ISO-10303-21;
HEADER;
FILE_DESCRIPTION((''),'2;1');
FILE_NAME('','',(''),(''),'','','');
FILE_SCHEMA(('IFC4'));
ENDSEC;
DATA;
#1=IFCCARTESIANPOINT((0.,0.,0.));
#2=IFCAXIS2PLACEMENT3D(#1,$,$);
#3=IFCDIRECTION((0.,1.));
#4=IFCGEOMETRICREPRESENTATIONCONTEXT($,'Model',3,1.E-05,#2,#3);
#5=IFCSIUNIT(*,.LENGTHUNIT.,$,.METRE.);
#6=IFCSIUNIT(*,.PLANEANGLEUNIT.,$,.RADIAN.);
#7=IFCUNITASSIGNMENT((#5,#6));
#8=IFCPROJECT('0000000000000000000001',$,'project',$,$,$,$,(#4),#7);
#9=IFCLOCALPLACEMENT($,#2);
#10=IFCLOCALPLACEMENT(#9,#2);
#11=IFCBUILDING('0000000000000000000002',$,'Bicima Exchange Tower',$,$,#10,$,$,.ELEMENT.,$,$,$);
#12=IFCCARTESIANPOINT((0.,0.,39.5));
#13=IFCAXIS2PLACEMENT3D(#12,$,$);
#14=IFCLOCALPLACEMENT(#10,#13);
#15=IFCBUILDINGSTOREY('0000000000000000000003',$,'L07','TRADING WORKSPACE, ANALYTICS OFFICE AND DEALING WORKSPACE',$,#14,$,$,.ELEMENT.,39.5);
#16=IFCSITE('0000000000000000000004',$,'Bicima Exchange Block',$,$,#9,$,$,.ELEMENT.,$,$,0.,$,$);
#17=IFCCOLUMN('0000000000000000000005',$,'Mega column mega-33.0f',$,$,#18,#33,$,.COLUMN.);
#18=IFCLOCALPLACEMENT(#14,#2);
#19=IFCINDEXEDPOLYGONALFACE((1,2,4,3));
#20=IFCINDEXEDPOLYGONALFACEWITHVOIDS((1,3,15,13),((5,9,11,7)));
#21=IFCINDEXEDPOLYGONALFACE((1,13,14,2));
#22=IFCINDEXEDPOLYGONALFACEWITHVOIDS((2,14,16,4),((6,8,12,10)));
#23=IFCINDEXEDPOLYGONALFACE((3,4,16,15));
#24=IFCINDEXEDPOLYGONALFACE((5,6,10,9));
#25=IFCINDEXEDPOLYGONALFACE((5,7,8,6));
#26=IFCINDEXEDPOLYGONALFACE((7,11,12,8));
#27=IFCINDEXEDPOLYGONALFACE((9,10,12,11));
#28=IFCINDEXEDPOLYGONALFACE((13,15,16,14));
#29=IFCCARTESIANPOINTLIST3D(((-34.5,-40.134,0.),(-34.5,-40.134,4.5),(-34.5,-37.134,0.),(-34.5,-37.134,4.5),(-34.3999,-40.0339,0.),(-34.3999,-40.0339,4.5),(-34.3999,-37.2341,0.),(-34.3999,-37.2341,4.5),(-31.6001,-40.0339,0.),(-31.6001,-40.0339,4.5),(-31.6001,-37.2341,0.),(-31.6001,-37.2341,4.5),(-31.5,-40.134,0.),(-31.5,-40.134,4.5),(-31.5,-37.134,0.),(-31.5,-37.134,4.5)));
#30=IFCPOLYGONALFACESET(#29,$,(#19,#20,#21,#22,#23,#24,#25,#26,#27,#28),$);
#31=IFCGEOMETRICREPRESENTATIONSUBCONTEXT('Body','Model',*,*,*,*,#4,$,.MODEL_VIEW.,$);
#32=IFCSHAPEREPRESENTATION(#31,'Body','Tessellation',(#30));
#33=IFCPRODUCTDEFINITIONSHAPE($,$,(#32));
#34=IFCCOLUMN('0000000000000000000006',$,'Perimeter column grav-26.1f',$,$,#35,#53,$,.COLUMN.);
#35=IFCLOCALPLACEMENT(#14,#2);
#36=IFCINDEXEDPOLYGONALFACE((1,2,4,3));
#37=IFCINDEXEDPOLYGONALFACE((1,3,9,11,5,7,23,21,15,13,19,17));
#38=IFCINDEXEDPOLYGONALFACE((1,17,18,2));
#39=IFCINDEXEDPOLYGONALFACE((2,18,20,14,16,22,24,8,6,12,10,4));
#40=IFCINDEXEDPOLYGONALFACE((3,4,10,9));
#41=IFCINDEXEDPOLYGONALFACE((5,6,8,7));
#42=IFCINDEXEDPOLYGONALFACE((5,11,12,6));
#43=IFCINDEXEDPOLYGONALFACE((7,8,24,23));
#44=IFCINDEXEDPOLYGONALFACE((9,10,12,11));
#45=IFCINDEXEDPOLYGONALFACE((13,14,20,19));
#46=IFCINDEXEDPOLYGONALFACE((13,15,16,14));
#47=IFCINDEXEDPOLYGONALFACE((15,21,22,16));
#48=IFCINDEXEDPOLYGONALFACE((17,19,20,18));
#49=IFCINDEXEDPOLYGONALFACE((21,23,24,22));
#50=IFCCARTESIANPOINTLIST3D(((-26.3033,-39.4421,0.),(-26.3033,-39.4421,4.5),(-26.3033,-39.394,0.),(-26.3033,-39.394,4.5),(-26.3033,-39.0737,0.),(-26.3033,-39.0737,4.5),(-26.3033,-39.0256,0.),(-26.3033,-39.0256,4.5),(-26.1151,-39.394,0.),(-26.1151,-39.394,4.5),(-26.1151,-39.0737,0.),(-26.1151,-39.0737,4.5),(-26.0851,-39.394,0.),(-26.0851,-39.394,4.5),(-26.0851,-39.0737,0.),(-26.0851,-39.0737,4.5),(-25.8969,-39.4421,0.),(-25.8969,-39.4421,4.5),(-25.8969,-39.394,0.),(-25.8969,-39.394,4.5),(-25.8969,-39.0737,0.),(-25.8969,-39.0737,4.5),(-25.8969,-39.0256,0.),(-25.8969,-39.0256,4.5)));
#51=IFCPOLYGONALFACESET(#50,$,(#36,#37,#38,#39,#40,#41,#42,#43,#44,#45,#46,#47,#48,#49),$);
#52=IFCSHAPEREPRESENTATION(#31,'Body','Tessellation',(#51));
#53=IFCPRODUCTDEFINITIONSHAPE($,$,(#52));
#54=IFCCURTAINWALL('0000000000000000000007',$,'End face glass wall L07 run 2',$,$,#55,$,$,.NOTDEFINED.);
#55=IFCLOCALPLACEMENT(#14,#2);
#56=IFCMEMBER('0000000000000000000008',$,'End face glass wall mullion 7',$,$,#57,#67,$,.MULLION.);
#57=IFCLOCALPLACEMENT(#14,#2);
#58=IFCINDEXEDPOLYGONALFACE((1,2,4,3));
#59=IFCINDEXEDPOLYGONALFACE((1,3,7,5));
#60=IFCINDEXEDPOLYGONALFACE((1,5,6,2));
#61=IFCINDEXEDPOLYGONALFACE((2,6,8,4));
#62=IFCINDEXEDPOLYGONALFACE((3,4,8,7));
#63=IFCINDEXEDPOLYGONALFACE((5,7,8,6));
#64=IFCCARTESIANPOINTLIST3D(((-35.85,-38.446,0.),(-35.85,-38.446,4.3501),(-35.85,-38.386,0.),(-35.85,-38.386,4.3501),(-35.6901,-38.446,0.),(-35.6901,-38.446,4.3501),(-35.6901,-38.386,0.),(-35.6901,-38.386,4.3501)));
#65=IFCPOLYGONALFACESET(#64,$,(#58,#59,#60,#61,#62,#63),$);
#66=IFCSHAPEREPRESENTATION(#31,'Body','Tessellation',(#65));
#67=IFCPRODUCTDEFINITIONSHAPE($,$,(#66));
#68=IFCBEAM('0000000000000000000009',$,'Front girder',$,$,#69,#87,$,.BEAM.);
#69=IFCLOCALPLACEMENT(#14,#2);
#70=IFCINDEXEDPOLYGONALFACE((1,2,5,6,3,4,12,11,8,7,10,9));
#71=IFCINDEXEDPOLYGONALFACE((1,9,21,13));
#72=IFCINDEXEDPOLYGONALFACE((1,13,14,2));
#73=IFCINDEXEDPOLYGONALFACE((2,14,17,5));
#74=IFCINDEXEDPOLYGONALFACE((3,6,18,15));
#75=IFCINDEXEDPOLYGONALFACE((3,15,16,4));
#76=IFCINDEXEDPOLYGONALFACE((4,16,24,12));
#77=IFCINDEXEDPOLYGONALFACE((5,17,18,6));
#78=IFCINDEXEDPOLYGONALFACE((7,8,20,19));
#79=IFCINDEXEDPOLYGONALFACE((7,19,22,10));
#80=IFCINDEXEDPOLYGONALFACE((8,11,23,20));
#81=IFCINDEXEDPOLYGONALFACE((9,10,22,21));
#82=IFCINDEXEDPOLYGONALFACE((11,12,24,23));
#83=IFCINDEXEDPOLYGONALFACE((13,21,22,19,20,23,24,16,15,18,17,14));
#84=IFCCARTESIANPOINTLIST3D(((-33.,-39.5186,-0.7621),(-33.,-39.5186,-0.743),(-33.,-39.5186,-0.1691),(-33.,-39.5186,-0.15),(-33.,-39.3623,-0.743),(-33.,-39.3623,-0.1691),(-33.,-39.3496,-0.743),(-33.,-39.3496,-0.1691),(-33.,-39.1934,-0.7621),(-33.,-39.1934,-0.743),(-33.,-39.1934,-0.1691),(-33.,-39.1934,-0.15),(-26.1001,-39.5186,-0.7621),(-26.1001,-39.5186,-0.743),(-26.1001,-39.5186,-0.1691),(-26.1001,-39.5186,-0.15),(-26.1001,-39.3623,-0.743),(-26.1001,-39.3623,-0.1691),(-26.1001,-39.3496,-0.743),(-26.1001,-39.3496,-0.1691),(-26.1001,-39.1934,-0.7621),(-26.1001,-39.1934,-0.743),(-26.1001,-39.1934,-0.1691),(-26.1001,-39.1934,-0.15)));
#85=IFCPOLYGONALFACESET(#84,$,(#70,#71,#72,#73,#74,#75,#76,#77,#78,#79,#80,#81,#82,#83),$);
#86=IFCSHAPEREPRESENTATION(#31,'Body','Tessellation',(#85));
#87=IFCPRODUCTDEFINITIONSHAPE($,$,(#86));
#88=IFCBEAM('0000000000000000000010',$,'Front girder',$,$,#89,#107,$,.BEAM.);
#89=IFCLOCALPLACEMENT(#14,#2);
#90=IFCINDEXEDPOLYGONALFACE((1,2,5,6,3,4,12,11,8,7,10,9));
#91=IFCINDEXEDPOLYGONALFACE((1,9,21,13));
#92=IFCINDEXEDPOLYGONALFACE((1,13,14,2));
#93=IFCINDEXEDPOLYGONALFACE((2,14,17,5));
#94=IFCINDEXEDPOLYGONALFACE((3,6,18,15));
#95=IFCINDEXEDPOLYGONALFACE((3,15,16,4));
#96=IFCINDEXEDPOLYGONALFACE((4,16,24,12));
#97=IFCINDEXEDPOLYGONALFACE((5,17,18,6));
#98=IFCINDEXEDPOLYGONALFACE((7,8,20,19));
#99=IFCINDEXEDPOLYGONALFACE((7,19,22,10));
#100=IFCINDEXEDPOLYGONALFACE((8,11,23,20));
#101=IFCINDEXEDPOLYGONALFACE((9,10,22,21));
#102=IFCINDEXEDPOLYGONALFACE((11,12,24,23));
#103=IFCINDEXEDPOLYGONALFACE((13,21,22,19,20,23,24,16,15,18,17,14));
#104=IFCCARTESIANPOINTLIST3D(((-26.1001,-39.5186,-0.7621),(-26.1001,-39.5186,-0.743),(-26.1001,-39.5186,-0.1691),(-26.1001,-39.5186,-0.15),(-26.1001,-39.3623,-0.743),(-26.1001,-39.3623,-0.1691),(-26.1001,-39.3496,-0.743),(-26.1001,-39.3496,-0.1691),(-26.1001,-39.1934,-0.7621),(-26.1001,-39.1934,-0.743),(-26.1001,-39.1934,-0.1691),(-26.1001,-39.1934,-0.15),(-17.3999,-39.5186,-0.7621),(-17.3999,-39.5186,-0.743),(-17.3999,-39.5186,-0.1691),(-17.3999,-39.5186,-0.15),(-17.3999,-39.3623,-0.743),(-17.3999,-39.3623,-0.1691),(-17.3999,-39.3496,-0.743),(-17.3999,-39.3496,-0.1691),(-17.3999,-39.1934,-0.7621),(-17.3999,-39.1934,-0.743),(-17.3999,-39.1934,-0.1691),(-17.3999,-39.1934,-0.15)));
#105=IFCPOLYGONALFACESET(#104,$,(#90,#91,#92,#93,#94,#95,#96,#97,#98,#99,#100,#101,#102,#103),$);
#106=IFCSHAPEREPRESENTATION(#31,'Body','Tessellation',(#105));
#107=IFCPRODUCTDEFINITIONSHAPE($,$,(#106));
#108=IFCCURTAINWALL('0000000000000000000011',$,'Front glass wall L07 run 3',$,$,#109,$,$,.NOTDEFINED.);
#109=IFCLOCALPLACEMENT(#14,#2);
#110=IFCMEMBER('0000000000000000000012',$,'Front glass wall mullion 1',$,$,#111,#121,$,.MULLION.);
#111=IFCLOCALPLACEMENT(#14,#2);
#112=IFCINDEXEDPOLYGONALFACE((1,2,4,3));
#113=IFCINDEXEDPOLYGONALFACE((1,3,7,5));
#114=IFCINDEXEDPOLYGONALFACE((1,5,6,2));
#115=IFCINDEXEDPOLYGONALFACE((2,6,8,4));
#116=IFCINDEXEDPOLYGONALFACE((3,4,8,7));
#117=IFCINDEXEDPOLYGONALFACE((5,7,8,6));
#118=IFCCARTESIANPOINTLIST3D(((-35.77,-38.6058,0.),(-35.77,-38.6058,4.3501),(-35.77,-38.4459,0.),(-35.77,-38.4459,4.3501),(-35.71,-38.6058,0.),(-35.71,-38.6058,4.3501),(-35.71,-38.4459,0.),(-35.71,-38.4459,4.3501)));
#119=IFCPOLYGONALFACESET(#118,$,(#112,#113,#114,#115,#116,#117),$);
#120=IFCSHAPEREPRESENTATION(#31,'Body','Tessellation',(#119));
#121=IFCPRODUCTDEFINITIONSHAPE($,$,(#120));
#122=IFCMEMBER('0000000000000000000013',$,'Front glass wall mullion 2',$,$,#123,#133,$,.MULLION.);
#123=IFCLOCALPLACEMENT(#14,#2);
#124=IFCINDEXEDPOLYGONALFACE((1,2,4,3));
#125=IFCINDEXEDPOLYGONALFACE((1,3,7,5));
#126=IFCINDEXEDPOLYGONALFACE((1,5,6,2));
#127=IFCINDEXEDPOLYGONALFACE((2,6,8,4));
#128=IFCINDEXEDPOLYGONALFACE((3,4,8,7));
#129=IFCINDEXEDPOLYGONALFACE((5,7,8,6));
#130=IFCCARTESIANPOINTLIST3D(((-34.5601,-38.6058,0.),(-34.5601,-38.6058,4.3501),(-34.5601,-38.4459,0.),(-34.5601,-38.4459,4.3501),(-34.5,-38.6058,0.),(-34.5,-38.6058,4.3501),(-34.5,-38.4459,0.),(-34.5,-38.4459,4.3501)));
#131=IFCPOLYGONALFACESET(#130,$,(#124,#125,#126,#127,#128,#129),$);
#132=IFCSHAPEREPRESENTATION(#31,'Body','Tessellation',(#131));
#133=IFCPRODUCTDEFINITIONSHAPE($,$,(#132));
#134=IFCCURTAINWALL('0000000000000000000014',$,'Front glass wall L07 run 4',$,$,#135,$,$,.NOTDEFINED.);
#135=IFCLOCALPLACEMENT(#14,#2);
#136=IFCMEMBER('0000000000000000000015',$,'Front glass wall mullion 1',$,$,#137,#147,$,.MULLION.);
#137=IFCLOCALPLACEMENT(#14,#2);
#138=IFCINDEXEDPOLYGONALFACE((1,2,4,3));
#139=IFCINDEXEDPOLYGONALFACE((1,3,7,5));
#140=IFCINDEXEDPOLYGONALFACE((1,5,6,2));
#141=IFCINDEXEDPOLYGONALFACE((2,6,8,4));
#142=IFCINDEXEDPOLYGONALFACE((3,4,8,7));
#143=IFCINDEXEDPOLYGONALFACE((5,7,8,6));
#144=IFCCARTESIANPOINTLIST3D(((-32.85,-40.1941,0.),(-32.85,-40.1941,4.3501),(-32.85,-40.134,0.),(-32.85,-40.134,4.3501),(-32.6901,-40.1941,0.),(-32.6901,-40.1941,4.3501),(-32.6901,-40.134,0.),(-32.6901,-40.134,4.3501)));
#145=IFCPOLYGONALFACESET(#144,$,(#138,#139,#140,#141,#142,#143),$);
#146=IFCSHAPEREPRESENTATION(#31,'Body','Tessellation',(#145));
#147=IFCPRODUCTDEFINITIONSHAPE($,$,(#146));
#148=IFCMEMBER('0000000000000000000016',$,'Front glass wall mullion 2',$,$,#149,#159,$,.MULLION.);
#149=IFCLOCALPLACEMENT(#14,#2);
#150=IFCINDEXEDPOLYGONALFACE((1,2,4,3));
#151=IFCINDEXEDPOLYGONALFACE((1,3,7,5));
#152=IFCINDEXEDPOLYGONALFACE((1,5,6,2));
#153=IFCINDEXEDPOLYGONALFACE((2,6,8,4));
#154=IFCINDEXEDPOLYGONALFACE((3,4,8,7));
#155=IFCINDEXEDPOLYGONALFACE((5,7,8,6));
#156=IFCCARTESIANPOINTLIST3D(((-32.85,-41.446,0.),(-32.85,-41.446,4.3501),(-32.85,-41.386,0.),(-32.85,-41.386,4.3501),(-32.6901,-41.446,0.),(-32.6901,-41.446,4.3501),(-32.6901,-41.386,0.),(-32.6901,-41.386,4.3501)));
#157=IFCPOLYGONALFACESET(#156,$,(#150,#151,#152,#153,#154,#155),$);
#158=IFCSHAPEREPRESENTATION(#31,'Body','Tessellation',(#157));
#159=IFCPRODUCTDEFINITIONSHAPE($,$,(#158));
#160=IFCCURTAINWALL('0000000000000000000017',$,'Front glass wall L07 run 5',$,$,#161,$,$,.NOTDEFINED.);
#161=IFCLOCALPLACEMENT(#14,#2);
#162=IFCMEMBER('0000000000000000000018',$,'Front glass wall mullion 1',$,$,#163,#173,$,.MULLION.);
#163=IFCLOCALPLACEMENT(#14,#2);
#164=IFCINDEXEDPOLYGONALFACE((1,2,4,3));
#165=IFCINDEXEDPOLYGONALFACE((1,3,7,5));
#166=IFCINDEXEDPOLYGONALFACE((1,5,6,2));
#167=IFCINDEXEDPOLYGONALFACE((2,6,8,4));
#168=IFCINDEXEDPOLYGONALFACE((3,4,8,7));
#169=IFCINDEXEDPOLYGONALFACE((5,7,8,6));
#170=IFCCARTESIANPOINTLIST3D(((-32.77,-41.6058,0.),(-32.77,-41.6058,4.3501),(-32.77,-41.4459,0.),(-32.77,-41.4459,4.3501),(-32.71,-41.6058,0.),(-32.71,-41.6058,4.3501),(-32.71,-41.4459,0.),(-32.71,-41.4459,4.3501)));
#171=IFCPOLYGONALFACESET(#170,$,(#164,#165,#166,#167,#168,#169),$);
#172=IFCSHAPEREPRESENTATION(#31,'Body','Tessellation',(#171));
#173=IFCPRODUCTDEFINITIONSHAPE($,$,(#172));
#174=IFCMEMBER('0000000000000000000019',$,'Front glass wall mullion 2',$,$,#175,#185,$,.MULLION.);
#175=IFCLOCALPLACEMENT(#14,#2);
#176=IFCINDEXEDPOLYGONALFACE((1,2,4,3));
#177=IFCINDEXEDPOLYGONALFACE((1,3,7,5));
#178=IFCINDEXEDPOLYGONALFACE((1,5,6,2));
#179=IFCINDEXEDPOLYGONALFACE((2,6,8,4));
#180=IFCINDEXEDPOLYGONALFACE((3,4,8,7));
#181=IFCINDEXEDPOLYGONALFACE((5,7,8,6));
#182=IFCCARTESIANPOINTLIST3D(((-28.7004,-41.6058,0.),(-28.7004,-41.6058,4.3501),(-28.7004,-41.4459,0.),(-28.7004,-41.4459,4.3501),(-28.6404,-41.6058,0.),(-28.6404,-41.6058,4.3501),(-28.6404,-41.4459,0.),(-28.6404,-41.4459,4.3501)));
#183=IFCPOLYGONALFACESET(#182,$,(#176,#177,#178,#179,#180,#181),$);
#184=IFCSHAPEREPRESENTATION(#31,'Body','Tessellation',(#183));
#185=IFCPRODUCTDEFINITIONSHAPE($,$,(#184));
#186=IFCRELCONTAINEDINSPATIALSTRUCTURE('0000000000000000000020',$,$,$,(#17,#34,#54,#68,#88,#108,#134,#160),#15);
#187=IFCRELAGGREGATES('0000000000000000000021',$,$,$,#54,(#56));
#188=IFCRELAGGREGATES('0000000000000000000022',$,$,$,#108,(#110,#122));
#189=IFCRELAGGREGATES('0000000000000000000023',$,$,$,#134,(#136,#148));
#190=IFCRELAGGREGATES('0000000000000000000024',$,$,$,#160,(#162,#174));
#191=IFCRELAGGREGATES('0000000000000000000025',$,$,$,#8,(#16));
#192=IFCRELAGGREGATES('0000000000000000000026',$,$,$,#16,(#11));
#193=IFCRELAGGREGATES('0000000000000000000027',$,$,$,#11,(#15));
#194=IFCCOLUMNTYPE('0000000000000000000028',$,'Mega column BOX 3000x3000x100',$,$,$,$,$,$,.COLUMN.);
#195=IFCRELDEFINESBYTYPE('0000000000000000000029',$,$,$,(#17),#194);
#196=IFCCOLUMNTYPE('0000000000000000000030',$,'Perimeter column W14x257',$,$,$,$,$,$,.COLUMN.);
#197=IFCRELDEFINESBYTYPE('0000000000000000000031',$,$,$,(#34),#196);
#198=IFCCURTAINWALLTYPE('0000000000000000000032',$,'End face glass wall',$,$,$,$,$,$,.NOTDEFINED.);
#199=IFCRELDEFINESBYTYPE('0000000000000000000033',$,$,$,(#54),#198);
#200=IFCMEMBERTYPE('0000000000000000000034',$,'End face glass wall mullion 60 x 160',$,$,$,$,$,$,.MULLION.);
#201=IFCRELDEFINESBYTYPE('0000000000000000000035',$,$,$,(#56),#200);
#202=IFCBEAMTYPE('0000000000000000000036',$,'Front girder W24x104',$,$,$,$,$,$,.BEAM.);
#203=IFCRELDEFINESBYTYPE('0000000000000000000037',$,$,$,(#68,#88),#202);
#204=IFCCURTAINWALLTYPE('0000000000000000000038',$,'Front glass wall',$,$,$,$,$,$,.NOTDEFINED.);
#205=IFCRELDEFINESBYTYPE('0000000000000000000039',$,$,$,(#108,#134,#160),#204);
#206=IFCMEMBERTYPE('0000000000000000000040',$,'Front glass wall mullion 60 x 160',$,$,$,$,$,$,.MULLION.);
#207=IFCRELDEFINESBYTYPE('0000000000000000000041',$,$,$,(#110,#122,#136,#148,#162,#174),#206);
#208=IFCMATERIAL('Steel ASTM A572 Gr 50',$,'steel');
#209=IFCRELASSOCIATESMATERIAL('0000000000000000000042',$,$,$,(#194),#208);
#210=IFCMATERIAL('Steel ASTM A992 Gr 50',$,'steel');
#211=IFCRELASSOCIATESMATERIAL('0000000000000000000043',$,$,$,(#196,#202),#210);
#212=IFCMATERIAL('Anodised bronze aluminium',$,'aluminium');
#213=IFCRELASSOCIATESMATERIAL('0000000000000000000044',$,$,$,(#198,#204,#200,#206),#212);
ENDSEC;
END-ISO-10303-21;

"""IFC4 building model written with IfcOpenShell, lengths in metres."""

from ifc_helpers import new_model, si_unit, direction, frame, origin, origin_2d, place, context, subcontext, project, spatial, rectangle, hollow_rectangle, i_section, extrude, material, material_profile, profile_set, type_object, element, aggregate, save


model = new_model("IFC4")

# Units and contexts
model_context = context("Model", 3, precision=1e-05, world=origin(), true_north=direction((0.0, 1.0)))
body_context = subcontext(model_context, "Body", "Model", "MODEL_VIEW")
ifc_project = project(units=[si_unit("LENGTHUNIT", "METRE"), si_unit("PLANEANGLEUNIT", "RADIAN")], contexts=[model_context])

# Site, building, storey
site_placement = place(None, origin())
site = spatial("IfcSite", under=ifc_project, at=site_placement, Name="Bicima Exchange Block", CompositionType="ELEMENT", RefElevation=0.0)
building_placement = place(site_placement, origin())
building = spatial("IfcBuilding", under=site, at=building_placement, Name="Bicima Exchange Tower", CompositionType="ELEMENT")
storey_placement = place(building_placement, frame((0.0, 0.0, 39.5)))
storey = spatial("IfcBuildingStorey", under=building, at=storey_placement, Name="L07", Description="TRADING WORKSPACE, ANALYTICS OFFICE AND DEALING WORKSPACE", CompositionType="ELEMENT", Elevation=39.5)

# Columns
ifc_material_1 = material(Name="Steel ASTM A572 Gr 50", Category="steel")
ifc_material_profile_1 = material_profile(ifc_material_1, hollow_rectangle(XDim=3.0, YDim=3.0, WallThickness=0.1001, at=origin_2d()))
ifc_profile_set_1 = profile_set([ifc_material_profile_1], Name="Steel ASTM A572 Gr 50")
column_type_1 = type_object("IfcColumnType", Name="Mega column BOX 3000x3000x100", PredefinedType="COLUMN", material=ifc_profile_set_1)
column_1_placement = place(storey_placement, frame((-33.0, -38.634, 0.0), z_axis=(0.0, 0.0, 1.0), x_axis=(1.0, 0.0, 0.0)))
element("IfcColumn", 1, at=column_1_placement, inside=storey, type_object=column_type_1, Name="Mega column mega-33.0f", PredefinedType="COLUMN", context=body_context, shape_type="SweptSolid", body=[
    extrude(hollow_rectangle(XDim=3.0, YDim=3.0, WallThickness=0.1001, at=origin_2d()), origin(), (0.0, 0.0, 1.0), 4.5),
])
ifc_material_2 = material(Name="Steel ASTM A992 Gr 50", Category="steel")
ifc_material_profile_2 = material_profile(ifc_material_2, i_section(OverallWidth=0.4065, OverallDepth=0.4165, WebThickness=0.03, FlangeThickness=0.0481, at=origin_2d()))
ifc_profile_set_2 = profile_set([ifc_material_profile_2], Name="Steel ASTM A992 Gr 50")
column_type_2 = type_object("IfcColumnType", Name="Perimeter column W14x257", PredefinedType="COLUMN", material=ifc_profile_set_2)
column_2_placement = place(storey_placement, frame((-26.1001, -39.2339, 0.0), z_axis=(0.0, 0.0, 1.0), x_axis=(1.0, 0.0, 0.0)))
element("IfcColumn", 2, at=column_2_placement, inside=storey, type_object=column_type_2, Name="Perimeter column grav-26.1f", PredefinedType="COLUMN", context=body_context, shape_type="SweptSolid", body=[
    extrude(i_section(OverallWidth=0.4065, OverallDepth=0.4165, WebThickness=0.03, FlangeThickness=0.0481, at=origin_2d()), origin(), (0.0, 0.0, 1.0), 4.5),
])

# Curtain wall, member
ifc_material_3 = material(Name="Anodised bronze aluminium", Category="aluminium")
curtain_wall_type_1 = type_object("IfcCurtainWallType", Name="End face glass wall", PredefinedType="NOTDEFINED", material=ifc_material_3)
curtain_wall_1_placement = place(storey_placement, origin())
curtain_wall_1 = element("IfcCurtainWall", 3, at=curtain_wall_1_placement, inside=storey, type_object=curtain_wall_type_1, Name="End face glass wall L07 run 2", PredefinedType="NOTDEFINED")
ifc_material_profile_3 = material_profile(ifc_material_3, rectangle(XDim=0.1599, YDim=0.0601, at=origin_2d()))
ifc_profile_set_3 = profile_set([ifc_material_profile_3], Name="Anodised bronze aluminium")
member_type_1 = type_object("IfcMemberType", Name="End face glass wall mullion 60 x 160", PredefinedType="MULLION", material=ifc_profile_set_3)
member_1_placement = place(storey_placement, frame((-35.77, -38.416, 0.0), z_axis=(0.0, 0.0, 1.0), x_axis=(1.0, 0.0, 0.0)))
member_1 = element("IfcMember", 4, at=member_1_placement, type_object=member_type_1, Name="End face glass wall mullion 7", PredefinedType="MULLION", context=body_context, shape_type="SweptSolid", body=[
    extrude(rectangle(XDim=0.1599, YDim=0.0601, at=origin_2d()), origin(), (0.0, 0.0, 1.0), 4.3501),
])

# Beams
ifc_material_profile_4 = material_profile(ifc_material_2, i_section(OverallWidth=0.3252, OverallDepth=0.6121, WebThickness=0.0127, FlangeThickness=0.019, at=origin_2d()))
ifc_profile_set_4 = profile_set([ifc_material_profile_4], Name="Steel ASTM A992 Gr 50")
beam_type = type_object("IfcBeamType", Name="Front girder W24x104", PredefinedType="BEAM", material=ifc_profile_set_4)
beam_1_placement = place(storey_placement, frame((-33.0, -39.356, -0.4561), z_axis=(1.0, 0.0, 0.0), x_axis=(0.0, 1.0, 0.0)))
element("IfcBeam", 5, at=beam_1_placement, inside=storey, type_object=beam_type, Name="Front girder", PredefinedType="BEAM", context=body_context, shape_type="SweptSolid", body=[
    extrude(i_section(OverallWidth=0.3252, OverallDepth=0.6121, WebThickness=0.0127, FlangeThickness=0.019, at=origin_2d()), origin(), (0.0, 0.0, 1.0), 6.8999),
])
beam_2_placement = place(storey_placement, frame((-26.1001, -39.356, -0.4561), z_axis=(1.0, 0.0, 0.0), x_axis=(0.0, 1.0, 0.0)))
element("IfcBeam", 6, at=beam_2_placement, inside=storey, type_object=beam_type, Name="Front girder", PredefinedType="BEAM", context=body_context, shape_type="SweptSolid", body=[
    extrude(i_section(OverallWidth=0.3252, OverallDepth=0.6121, WebThickness=0.0127, FlangeThickness=0.019, at=origin_2d()), origin(), (0.0, 0.0, 1.0), 8.7002),
])

# Curtain walls, members
curtain_wall_type_2 = type_object("IfcCurtainWallType", Name="Front glass wall", PredefinedType="NOTDEFINED", material=ifc_material_3)
curtain_wall_2_placement = place(storey_placement, origin())
curtain_wall_2 = element("IfcCurtainWall", 7, at=curtain_wall_2_placement, inside=storey, type_object=curtain_wall_type_2, Name="Front glass wall L07 run 3", PredefinedType="NOTDEFINED")
member_type_2 = type_object("IfcMemberType", Name="Front glass wall mullion 60 x 160", PredefinedType="MULLION", material=ifc_profile_set_3)
member_2_placement = place(storey_placement, frame((-35.74, -38.5259, 0.0), z_axis=(0.0, 0.0, 1.0), x_axis=(0.0, 1.0, 0.0)))
member_2 = element("IfcMember", 8, at=member_2_placement, type_object=member_type_2, Name="Front glass wall mullion 1", PredefinedType="MULLION", context=body_context, shape_type="SweptSolid", body=[
    extrude(rectangle(XDim=0.1599, YDim=0.0601, at=origin_2d()), origin(), (0.0, 0.0, 1.0), 4.3501),
])
member_3_placement = place(storey_placement, frame((-34.53, -38.5259, 0.0), z_axis=(0.0, 0.0, 1.0), x_axis=(0.0, 1.0, 0.0)))
member_3 = element("IfcMember", 9, at=member_3_placement, type_object=member_type_2, Name="Front glass wall mullion 2", PredefinedType="MULLION", context=body_context, shape_type="SweptSolid", body=[
    extrude(rectangle(XDim=0.1599, YDim=0.0601, at=origin_2d()), origin(), (0.0, 0.0, 1.0), 4.3501),
])
curtain_wall_3_placement = place(storey_placement, origin())
curtain_wall_3 = element("IfcCurtainWall", 10, at=curtain_wall_3_placement, inside=storey, type_object=curtain_wall_type_2, Name="Front glass wall L07 run 4", PredefinedType="NOTDEFINED")
member_4_placement = place(storey_placement, frame((-32.77, -40.1641, 0.0), z_axis=(0.0, 0.0, 1.0), x_axis=(1.0, 0.0, 0.0)))
member_4 = element("IfcMember", 11, at=member_4_placement, type_object=member_type_2, Name="Front glass wall mullion 1", PredefinedType="MULLION", context=body_context, shape_type="SweptSolid", body=[
    extrude(rectangle(XDim=0.1599, YDim=0.0601, at=origin_2d()), origin(), (0.0, 0.0, 1.0), 4.3501),
])
member_5_placement = place(storey_placement, frame((-32.77, -41.416, 0.0), z_axis=(0.0, 0.0, 1.0), x_axis=(1.0, 0.0, 0.0)))
member_5 = element("IfcMember", 12, at=member_5_placement, type_object=member_type_2, Name="Front glass wall mullion 2", PredefinedType="MULLION", context=body_context, shape_type="SweptSolid", body=[
    extrude(rectangle(XDim=0.1599, YDim=0.0601, at=origin_2d()), origin(), (0.0, 0.0, 1.0), 4.3501),
])
curtain_wall_4_placement = place(storey_placement, origin())
curtain_wall_4 = element("IfcCurtainWall", 13, at=curtain_wall_4_placement, inside=storey, type_object=curtain_wall_type_2, Name="Front glass wall L07 run 5", PredefinedType="NOTDEFINED")
member_6_placement = place(storey_placement, frame((-32.74, -41.5259, 0.0), z_axis=(0.0, 0.0, 1.0), x_axis=(0.0, 1.0, 0.0)))
member_6 = element("IfcMember", 14, at=member_6_placement, type_object=member_type_2, Name="Front glass wall mullion 1", PredefinedType="MULLION", context=body_context, shape_type="SweptSolid", body=[
    extrude(rectangle(XDim=0.1599, YDim=0.0601, at=origin_2d()), origin(), (0.0, 0.0, 1.0), 4.3501),
])
member_7_placement = place(storey_placement, frame((-28.6704, -41.5259, 0.0), z_axis=(0.0, 0.0, 1.0), x_axis=(0.0, 1.0, 0.0)))
member_7 = element("IfcMember", 15, at=member_7_placement, type_object=member_type_2, Name="Front glass wall mullion 2", PredefinedType="MULLION", context=body_context, shape_type="SweptSolid", body=[
    extrude(rectangle(XDim=0.1599, YDim=0.0601, at=origin_2d()), origin(), (0.0, 0.0, 1.0), 4.3501),
])

aggregate(curtain_wall_1, [member_1])
aggregate(curtain_wall_2, [member_2, member_3])
aggregate(curtain_wall_3, [member_4, member_5])
aggregate(curtain_wall_4, [member_6, member_7])

save(model, "model.ifc")
